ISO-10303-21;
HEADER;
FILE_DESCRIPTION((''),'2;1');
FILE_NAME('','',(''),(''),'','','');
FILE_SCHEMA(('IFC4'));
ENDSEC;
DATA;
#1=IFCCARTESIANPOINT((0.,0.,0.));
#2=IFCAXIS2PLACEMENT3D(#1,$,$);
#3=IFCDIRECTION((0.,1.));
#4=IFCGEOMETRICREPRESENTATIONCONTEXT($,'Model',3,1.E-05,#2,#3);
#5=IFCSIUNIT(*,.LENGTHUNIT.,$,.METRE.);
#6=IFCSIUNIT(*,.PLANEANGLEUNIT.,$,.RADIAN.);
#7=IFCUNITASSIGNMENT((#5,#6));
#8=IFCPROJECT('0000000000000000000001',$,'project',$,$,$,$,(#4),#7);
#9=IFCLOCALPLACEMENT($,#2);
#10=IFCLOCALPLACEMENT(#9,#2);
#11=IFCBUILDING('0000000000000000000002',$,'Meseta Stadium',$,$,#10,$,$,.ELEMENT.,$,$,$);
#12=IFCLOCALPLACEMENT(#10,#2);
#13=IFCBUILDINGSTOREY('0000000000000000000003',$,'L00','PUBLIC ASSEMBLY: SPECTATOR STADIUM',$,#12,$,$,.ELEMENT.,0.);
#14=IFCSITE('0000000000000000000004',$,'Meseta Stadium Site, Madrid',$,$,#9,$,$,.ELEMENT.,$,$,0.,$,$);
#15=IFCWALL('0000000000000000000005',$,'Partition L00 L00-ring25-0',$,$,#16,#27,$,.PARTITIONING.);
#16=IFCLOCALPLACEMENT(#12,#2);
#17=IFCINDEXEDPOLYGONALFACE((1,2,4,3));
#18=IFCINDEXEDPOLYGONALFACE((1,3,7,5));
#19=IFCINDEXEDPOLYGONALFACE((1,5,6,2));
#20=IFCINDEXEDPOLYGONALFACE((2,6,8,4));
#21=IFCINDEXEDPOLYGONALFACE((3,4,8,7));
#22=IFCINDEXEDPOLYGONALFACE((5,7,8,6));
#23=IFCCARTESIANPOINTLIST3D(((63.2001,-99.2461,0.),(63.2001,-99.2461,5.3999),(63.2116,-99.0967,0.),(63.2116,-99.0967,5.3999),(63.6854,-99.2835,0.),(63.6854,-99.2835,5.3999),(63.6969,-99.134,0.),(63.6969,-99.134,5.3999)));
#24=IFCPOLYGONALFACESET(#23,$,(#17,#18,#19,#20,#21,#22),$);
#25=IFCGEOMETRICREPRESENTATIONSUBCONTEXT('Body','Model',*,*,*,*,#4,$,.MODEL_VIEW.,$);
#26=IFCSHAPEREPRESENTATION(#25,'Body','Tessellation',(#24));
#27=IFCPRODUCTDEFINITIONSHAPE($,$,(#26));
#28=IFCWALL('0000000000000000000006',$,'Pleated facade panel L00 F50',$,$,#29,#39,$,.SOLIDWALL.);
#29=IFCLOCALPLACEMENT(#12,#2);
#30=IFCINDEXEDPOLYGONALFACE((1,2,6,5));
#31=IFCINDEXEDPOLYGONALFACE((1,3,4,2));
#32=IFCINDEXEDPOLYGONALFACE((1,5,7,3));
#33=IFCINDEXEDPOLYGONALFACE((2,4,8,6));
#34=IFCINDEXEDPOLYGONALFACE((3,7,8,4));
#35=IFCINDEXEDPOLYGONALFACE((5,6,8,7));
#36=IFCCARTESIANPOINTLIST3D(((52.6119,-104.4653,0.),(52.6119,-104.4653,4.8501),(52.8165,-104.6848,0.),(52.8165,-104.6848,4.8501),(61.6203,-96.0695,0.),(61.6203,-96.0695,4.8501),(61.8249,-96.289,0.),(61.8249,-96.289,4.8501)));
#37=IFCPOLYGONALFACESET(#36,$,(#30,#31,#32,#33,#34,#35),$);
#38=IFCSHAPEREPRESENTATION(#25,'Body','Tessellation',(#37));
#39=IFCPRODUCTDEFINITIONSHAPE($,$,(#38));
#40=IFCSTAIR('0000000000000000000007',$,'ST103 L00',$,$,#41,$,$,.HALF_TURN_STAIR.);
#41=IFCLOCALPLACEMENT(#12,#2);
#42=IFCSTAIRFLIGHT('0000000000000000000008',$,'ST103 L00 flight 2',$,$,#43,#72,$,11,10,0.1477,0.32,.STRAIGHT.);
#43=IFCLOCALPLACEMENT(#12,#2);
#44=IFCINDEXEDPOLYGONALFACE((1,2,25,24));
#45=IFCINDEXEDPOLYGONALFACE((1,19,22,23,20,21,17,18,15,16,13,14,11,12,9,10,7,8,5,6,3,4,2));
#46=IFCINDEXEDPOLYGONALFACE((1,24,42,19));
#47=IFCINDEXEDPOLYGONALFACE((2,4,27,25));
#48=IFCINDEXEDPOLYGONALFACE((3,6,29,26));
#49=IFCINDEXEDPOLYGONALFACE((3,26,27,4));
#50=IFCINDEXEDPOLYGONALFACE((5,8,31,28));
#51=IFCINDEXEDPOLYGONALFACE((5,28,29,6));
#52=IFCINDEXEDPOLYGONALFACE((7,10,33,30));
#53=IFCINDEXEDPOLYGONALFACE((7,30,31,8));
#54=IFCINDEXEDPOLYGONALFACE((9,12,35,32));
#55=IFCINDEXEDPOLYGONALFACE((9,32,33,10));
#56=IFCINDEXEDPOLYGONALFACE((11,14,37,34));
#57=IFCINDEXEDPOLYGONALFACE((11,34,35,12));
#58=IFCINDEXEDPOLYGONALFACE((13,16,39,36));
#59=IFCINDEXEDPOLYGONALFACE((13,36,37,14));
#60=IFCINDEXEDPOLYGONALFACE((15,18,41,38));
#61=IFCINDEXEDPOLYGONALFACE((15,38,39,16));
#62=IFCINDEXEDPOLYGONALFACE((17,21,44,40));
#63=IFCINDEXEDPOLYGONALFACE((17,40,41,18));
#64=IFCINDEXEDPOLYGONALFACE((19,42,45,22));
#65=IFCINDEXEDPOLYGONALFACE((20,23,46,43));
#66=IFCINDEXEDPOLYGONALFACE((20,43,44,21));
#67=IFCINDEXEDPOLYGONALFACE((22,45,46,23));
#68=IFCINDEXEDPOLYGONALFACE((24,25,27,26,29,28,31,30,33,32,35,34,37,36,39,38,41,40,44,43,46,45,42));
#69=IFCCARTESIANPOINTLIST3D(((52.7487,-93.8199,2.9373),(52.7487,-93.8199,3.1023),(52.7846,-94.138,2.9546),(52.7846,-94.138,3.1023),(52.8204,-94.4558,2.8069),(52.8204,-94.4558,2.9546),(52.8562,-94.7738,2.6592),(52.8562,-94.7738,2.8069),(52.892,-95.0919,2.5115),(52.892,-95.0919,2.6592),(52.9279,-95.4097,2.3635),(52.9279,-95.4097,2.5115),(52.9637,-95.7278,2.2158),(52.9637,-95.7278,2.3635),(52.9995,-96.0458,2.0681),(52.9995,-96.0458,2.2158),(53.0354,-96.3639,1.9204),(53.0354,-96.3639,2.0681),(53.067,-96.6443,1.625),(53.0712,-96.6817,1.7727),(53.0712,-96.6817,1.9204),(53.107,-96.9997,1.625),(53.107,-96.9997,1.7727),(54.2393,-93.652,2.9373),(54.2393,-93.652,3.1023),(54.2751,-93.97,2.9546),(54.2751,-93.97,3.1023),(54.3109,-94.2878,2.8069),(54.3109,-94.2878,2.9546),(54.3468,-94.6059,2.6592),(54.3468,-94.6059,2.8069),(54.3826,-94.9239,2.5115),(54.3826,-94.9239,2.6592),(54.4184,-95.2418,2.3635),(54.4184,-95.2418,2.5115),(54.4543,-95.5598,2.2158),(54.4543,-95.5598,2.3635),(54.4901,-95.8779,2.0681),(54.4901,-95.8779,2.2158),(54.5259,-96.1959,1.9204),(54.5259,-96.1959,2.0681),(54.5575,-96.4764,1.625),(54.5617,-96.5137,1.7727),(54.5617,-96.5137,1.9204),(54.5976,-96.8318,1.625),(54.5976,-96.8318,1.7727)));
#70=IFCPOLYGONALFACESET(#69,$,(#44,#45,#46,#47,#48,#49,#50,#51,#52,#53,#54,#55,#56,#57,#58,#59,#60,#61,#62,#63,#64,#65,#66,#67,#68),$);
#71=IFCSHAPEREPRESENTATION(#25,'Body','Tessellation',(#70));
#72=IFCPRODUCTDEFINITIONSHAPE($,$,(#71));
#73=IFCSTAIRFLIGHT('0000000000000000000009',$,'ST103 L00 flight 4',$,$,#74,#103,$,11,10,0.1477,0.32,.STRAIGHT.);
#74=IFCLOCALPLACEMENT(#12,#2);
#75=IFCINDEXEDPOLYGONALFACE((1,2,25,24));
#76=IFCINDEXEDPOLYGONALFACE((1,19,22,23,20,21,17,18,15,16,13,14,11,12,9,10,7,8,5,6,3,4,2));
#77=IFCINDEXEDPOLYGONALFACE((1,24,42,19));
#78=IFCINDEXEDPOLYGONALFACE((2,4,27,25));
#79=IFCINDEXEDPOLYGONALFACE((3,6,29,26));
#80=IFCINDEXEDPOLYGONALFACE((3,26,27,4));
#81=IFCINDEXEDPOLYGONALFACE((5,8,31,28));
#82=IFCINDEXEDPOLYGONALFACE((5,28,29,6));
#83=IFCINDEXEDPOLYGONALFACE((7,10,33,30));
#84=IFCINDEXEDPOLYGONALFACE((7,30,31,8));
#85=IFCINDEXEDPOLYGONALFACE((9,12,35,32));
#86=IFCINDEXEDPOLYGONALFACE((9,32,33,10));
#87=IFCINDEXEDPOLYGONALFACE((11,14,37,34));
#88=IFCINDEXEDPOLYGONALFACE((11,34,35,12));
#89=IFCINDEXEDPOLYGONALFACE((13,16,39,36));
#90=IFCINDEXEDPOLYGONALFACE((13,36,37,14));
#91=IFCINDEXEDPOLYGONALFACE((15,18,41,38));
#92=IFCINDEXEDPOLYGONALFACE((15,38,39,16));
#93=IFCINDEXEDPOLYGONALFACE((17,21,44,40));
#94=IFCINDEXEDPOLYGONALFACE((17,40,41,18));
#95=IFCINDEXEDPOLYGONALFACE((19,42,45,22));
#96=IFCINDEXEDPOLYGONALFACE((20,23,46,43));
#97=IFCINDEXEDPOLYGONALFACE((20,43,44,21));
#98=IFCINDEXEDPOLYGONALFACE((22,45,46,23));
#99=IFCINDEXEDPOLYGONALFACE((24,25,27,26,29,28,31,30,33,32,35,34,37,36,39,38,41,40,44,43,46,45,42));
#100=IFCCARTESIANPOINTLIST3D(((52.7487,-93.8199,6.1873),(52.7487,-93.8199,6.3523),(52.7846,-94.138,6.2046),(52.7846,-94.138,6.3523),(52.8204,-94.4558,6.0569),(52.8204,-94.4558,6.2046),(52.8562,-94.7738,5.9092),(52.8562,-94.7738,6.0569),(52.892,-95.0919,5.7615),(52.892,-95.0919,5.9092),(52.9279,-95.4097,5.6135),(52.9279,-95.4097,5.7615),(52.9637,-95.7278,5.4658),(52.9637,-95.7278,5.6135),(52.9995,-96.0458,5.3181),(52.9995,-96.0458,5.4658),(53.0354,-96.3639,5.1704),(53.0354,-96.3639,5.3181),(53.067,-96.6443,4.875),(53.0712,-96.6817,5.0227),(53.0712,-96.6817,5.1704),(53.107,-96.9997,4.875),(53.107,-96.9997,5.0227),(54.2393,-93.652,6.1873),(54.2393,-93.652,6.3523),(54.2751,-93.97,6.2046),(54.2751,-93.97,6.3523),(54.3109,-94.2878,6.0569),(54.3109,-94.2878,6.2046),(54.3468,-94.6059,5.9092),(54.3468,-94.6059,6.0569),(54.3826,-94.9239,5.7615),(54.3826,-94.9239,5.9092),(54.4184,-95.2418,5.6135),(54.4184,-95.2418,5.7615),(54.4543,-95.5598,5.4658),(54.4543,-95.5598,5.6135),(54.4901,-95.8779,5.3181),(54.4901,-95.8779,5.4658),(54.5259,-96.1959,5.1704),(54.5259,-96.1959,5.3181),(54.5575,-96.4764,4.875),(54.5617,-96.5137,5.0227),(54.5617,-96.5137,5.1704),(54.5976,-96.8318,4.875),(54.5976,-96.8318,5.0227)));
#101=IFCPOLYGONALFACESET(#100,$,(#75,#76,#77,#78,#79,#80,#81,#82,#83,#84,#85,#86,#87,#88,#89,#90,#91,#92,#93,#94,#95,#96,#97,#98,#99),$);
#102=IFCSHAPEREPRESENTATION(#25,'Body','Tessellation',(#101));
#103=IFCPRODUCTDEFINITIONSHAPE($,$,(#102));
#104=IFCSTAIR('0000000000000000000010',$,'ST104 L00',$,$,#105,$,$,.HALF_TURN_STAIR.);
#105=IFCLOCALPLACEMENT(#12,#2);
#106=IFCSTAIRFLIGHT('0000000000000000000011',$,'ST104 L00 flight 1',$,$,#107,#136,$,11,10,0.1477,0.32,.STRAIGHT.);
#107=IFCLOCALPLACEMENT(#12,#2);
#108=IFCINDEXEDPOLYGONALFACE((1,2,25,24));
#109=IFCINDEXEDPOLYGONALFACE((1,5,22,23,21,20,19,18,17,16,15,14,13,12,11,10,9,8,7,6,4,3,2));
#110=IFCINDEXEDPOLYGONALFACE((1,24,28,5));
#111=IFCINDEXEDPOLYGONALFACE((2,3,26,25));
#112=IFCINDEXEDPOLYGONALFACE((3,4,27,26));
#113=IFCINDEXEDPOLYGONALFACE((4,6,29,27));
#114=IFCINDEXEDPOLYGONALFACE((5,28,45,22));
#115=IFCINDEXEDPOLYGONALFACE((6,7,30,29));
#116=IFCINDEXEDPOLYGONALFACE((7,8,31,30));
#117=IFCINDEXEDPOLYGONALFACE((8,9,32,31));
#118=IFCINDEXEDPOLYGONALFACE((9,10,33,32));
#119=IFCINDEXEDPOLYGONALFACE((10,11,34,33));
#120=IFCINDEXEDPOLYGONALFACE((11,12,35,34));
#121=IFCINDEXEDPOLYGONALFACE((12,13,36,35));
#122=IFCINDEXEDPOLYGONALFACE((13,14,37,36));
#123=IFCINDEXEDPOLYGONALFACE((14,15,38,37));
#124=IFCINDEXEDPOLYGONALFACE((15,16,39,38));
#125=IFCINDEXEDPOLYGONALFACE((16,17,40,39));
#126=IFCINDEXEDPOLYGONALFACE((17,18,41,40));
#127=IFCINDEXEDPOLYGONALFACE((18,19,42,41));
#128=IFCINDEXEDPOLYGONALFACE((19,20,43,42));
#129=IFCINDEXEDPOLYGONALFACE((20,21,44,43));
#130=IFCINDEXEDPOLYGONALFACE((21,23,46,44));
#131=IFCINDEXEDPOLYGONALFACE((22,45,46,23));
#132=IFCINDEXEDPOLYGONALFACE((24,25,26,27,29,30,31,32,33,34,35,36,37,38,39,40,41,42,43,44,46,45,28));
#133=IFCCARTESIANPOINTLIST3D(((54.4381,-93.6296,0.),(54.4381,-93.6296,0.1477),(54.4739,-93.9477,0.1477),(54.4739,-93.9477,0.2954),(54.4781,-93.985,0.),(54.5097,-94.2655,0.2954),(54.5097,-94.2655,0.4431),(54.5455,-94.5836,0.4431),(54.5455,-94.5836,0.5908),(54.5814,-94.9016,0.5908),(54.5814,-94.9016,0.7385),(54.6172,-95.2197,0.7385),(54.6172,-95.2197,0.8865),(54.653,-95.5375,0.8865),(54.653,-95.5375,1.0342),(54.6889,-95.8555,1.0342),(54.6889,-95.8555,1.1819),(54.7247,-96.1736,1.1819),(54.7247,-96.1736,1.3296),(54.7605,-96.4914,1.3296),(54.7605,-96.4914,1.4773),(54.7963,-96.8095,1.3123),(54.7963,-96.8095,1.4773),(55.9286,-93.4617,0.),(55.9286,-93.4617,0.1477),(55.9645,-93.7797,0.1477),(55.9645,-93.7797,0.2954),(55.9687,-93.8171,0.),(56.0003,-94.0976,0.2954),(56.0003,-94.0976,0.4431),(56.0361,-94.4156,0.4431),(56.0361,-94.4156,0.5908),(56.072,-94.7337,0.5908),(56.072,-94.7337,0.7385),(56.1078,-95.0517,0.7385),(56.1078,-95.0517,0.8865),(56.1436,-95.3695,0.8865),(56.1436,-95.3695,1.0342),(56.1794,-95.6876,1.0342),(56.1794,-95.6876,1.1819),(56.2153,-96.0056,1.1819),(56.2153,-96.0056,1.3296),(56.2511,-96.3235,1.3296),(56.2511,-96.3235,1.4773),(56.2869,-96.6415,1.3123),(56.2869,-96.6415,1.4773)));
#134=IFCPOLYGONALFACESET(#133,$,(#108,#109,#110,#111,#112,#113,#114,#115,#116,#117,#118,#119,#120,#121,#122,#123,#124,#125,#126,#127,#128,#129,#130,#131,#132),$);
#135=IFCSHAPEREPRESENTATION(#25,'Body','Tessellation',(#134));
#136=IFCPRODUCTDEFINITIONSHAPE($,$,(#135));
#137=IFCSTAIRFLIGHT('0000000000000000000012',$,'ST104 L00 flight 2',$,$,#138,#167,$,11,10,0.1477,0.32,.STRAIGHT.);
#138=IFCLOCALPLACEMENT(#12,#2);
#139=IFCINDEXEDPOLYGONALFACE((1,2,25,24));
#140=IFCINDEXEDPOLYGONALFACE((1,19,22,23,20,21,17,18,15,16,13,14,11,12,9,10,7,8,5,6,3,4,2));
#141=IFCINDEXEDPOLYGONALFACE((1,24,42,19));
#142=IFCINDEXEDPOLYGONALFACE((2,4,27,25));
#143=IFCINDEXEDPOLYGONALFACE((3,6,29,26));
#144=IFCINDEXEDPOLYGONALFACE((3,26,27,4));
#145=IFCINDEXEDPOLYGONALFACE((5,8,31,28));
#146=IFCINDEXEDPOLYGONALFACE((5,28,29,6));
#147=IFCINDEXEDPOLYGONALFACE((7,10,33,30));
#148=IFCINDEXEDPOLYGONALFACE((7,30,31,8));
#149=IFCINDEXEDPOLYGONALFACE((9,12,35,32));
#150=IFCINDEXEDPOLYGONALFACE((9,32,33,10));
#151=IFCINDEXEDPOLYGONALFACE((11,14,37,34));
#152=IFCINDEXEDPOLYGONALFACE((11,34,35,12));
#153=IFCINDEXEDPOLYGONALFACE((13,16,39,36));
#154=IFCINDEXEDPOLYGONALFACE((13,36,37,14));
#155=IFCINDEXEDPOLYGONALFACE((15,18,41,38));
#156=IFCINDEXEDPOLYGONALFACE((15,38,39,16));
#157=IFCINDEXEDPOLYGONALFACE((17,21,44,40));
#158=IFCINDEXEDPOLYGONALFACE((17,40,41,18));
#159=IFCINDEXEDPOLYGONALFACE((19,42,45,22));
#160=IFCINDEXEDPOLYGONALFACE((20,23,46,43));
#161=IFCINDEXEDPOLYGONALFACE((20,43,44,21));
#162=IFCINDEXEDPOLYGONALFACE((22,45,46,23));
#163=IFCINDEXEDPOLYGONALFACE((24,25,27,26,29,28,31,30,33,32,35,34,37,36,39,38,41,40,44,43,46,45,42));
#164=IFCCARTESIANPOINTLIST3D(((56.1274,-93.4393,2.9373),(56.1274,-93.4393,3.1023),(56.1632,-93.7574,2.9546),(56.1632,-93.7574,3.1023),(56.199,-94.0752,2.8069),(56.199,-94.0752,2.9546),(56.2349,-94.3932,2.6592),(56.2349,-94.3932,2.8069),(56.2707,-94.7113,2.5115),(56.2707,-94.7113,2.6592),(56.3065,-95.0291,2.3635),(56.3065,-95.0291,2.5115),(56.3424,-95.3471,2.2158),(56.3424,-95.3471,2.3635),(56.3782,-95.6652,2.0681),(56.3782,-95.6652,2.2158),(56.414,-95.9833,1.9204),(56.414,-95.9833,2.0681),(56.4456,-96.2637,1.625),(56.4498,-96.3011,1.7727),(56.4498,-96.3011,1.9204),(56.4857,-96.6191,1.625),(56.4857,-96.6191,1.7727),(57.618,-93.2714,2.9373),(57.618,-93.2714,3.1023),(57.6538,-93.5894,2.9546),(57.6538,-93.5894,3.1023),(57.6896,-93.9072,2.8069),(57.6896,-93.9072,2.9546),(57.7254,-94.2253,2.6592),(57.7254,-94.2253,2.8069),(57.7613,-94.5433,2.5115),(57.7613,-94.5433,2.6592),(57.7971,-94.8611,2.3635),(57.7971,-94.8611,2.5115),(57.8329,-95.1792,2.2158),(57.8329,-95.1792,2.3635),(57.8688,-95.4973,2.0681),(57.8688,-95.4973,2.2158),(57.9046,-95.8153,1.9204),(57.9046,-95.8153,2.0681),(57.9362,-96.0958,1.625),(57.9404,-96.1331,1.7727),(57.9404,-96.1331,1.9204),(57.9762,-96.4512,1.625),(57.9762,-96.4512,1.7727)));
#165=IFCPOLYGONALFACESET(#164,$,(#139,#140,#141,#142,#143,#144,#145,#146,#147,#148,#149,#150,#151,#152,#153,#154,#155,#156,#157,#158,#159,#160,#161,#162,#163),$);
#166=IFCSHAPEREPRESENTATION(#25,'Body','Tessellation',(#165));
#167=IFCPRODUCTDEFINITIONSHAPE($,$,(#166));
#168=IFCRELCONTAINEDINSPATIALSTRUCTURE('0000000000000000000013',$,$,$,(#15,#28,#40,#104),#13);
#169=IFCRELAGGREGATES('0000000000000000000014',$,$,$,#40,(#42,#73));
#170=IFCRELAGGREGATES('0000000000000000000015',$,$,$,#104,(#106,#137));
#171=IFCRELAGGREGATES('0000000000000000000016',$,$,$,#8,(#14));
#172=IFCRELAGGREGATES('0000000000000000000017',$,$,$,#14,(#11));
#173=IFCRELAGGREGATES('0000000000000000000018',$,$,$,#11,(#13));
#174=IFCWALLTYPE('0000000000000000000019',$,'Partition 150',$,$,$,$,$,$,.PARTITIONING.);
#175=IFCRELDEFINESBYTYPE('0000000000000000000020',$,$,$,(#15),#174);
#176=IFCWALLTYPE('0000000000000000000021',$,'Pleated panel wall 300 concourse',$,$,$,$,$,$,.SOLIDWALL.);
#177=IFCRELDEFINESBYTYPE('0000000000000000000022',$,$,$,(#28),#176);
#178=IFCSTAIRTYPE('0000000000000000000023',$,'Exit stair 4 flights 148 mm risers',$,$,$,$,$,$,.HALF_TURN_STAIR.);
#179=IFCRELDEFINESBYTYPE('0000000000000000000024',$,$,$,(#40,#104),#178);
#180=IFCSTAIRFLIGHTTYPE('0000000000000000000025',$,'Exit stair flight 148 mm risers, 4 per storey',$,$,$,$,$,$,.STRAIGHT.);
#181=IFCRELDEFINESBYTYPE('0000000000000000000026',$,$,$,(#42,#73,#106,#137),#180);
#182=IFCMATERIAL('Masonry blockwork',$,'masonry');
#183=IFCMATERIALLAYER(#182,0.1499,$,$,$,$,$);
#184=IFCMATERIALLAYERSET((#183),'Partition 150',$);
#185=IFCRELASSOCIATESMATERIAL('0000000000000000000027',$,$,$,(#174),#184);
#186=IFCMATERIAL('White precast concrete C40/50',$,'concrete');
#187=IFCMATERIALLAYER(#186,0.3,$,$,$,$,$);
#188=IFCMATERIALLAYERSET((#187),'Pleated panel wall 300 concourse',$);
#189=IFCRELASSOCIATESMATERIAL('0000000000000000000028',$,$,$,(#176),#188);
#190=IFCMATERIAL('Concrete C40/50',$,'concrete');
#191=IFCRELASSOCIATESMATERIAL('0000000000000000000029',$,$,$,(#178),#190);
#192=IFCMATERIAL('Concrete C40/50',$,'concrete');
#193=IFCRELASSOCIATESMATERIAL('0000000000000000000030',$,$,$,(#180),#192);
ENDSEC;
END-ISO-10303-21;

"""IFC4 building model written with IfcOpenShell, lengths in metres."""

from ifc_helpers import new_model, si_unit, direction, frame, frame_2d, origin, place, context, subcontext, project, spatial, polyline, rectangle, outline, extrude, material, layer, layer_set, type_object, element, aggregate, save


model = new_model("IFC4")

# Units and contexts
model_context = context("Model", 3, precision=1e-05, world=origin(), true_north=direction((0.0, 1.0)))
body_context = subcontext(model_context, "Body", "Model", "MODEL_VIEW")
ifc_project = project(units=[si_unit("LENGTHUNIT", "METRE"), si_unit("PLANEANGLEUNIT", "RADIAN")], contexts=[model_context])

# Site, building, storey
site_placement = place(None, origin())
site = spatial("IfcSite", under=ifc_project, at=site_placement, Name="Meseta Stadium Site, Madrid", CompositionType="ELEMENT", RefElevation=0.0)
building_placement = place(site_placement, origin())
building = spatial("IfcBuilding", under=site, at=building_placement, Name="Meseta Stadium", CompositionType="ELEMENT")
storey_placement = place(building_placement, origin())
storey = spatial("IfcBuildingStorey", under=building, at=storey_placement, Name="L00", Description="PUBLIC ASSEMBLY: SPECTATOR STADIUM", CompositionType="ELEMENT", Elevation=0.0)

# Shared definitions
ifc_material_1 = material(Name="Masonry blockwork", Category="masonry")
ifc_layer_1 = layer(ifc_material_1, 0.1499)
ifc_layer_set_1 = layer_set([ifc_layer_1], Name="Partition 150")
wall_type_1 = type_object("IfcWallType", Name="Partition 150", PredefinedType="PARTITIONING", material=ifc_layer_set_1)

# Walls
wall_1_placement = place(storey_placement, frame((63.2058, -99.1714, 0.0), z_axis=(0.0, 0.0, 1.0), x_axis=(0.997052, -0.076735, 0.0)))
element("IfcWall", 1, at=wall_1_placement, inside=storey, type_object=wall_type_1, Name="Partition L00 L00-ring25-0", PredefinedType="PARTITIONING", context=body_context, shape_type="SweptSolid", body=[
    extrude(rectangle(XDim=0.4868, YDim=0.1499, at=frame_2d((0.2434, 0.0))), origin(), (0.0, 0.0, 1.0), 5.3999),
])
ifc_material_2 = material(Name="White precast concrete C40/50", Category="concrete")
ifc_layer_2 = layer(ifc_material_2, 0.3)
ifc_layer_set_2 = layer_set([ifc_layer_2], Name="Pleated panel wall 300 concourse")
wall_type_2 = type_object("IfcWallType", Name="Pleated panel wall 300 concourse", PredefinedType="SOLIDWALL", material=ifc_layer_set_2)
wall_2_placement = place(storey_placement, frame((61.7227, -96.1792, 0.0), z_axis=(0.0, 0.0, 1.0), x_axis=(-0.731541, -0.681797, 0.0)))
element("IfcWall", 2, at=wall_2_placement, inside=storey, type_object=wall_type_2, Name="Pleated facade panel L00 F50", PredefinedType="SOLIDWALL", context=body_context, shape_type="SweptSolid", body=[
    extrude(rectangle(XDim=12.3142, YDim=0.3, at=frame_2d((6.1572, 0.0))), origin(), (0.0, 0.0, 1.0), 4.8501),
])

# Stairs, stair flights
ifc_material_3 = material(Name="Concrete C40/50", Category="concrete")
stair_type = type_object("IfcStairType", Name="Exit stair 4 flights 148 mm risers", PredefinedType="HALF_TURN_STAIR", material=ifc_material_3)
stair_1_placement = place(storey_placement, origin())
stair_1 = element("IfcStair", 3, at=stair_1_placement, inside=storey, type_object=stair_type, Name="ST103 L00", PredefinedType="HALF_TURN_STAIR")
ifc_material_4 = material(Name="Concrete C40/50", Category="concrete")
stair_flight_type = type_object("IfcStairFlightType", Name="Exit stair flight 148 mm risers, 4 per storey", PredefinedType="STRAIGHT", material=ifc_material_4)
stair_flight_1_placement = place(storey_placement, frame((53.8523, -96.9158, 1.625), z_axis=(0.0, 0.0, 1.0), x_axis=(-0.111964, 0.993712, 0.0)))
stair_flight_1 = element("IfcStairFlight", 4, at=stair_flight_1_placement, type_object=stair_flight_type, Name="ST103 L00 flight 2", NumberOfRisers=11, NumberOfTreads=10, PredefinedType="STRAIGHT", RiserHeight=0.1477, TreadLength=0.32, context=body_context, shape_type="SweptSolid", body=[
    extrude(outline(polyline([(0.0, 0.0), (0.0, 0.1477), (0.3201, 0.1477), (0.3201, 0.2954), (0.6399, 0.2954), (0.6399, 0.4431), (0.96, 0.4431), (0.96, 0.5908), (1.28, 0.5908), (1.28, 0.7385), (1.6001, 0.7385), (1.6001, 0.8865), (1.9199, 0.8865), (1.9199, 1.0342), (2.24, 1.0342), (2.24, 1.1819), (2.5601, 1.1819), (2.5601, 1.3296), (2.8799, 1.3296), (2.8799, 1.4773), (3.2, 1.4773), (3.2, 1.3123), (0.3577, 0.0), (0.0, 0.0)])), frame((0.0, 0.75, 0.0), z_axis=(0.0, -1.0, 0.0), x_axis=(1.0, 0.0, 0.0)), (0.0, 0.0, 1.0), 1.5),
])
stair_flight_2_placement = place(storey_placement, frame((53.8523, -96.9158, 4.875), z_axis=(0.0, 0.0, 1.0), x_axis=(-0.111964, 0.993712, 0.0)))
stair_flight_2 = element("IfcStairFlight", 5, at=stair_flight_2_placement, type_object=stair_flight_type, Name="ST103 L00 flight 4", NumberOfRisers=11, NumberOfTreads=10, PredefinedType="STRAIGHT", RiserHeight=0.1477, TreadLength=0.32, context=body_context, shape_type="SweptSolid", body=[
    extrude(outline(polyline([(0.0, 0.0), (0.0, 0.1477), (0.3201, 0.1477), (0.3201, 0.2954), (0.6399, 0.2954), (0.6399, 0.4431), (0.96, 0.4431), (0.96, 0.5908), (1.28, 0.5908), (1.28, 0.7385), (1.6001, 0.7385), (1.6001, 0.8865), (1.9199, 0.8865), (1.9199, 1.0342), (2.24, 1.0342), (2.24, 1.1819), (2.5601, 1.1819), (2.5601, 1.3296), (2.8799, 1.3296), (2.8799, 1.4773), (3.2, 1.4773), (3.2, 1.3123), (0.3577, 0.0), (0.0, 0.0)])), frame((0.0, 0.75, 0.0), z_axis=(0.0, -1.0, 0.0), x_axis=(1.0, 0.0, 0.0)), (0.0, 0.0, 1.0), 1.5),
])
aggregate(stair_1, [stair_flight_1, stair_flight_2])
stair_2_placement = place(storey_placement, origin())
stair_2 = element("IfcStair", 6, at=stair_2_placement, inside=storey, type_object=stair_type, Name="ST104 L00", PredefinedType="HALF_TURN_STAIR")
stair_flight_3_placement = place(storey_placement, frame((55.1833, -93.5457, 0.0), z_axis=(0.0, 0.0, 1.0), x_axis=(0.111964, -0.993712, 0.0)))
stair_flight_3 = element("IfcStairFlight", 7, at=stair_flight_3_placement, type_object=stair_flight_type, Name="ST104 L00 flight 1", NumberOfRisers=11, NumberOfTreads=10, PredefinedType="STRAIGHT", RiserHeight=0.1477, TreadLength=0.32, context=body_context, shape_type="SweptSolid", body=[
    extrude(outline(polyline([(0.0, 0.0), (0.0, 0.1477), (0.3201, 0.1477), (0.3201, 0.2954), (0.6399, 0.2954), (0.6399, 0.4431), (0.96, 0.4431), (0.96, 0.5908), (1.28, 0.5908), (1.28, 0.7385), (1.6001, 0.7385), (1.6001, 0.8865), (1.9199, 0.8865), (1.9199, 1.0342), (2.24, 1.0342), (2.24, 1.1819), (2.5601, 1.1819), (2.5601, 1.3296), (2.8799, 1.3296), (2.8799, 1.4773), (3.2, 1.4773), (3.2, 1.3123), (0.3577, 0.0), (0.0, 0.0)])), frame((0.0, 0.75, 0.0), z_axis=(0.0, -1.0, 0.0), x_axis=(1.0, 0.0, 0.0)), (0.0, 0.0, 1.0), 1.5),
])
stair_flight_4_placement = place(storey_placement, frame((57.231, -96.5352, 1.625), z_axis=(0.0, 0.0, 1.0), x_axis=(-0.111964, 0.993712, 0.0)))
stair_flight_4 = element("IfcStairFlight", 8, at=stair_flight_4_placement, type_object=stair_flight_type, Name="ST104 L00 flight 2", NumberOfRisers=11, NumberOfTreads=10, PredefinedType="STRAIGHT", RiserHeight=0.1477, TreadLength=0.32, context=body_context, shape_type="SweptSolid", body=[
    extrude(outline(polyline([(0.0, 0.0), (0.0, 0.1477), (0.3201, 0.1477), (0.3201, 0.2954), (0.6399, 0.2954), (0.6399, 0.4431), (0.96, 0.4431), (0.96, 0.5908), (1.28, 0.5908), (1.28, 0.7385), (1.6001, 0.7385), (1.6001, 0.8865), (1.9199, 0.8865), (1.9199, 1.0342), (2.24, 1.0342), (2.24, 1.1819), (2.5601, 1.1819), (2.5601, 1.3296), (2.8799, 1.3296), (2.8799, 1.4773), (3.2, 1.4773), (3.2, 1.3123), (0.3577, 0.0), (0.0, 0.0)])), frame((0.0, 0.75, 0.0), z_axis=(0.0, -1.0, 0.0), x_axis=(1.0, 0.0, 0.0)), (0.0, 0.0, 1.0), 1.5),
])
aggregate(stair_2, [stair_flight_3, stair_flight_4])

save(model, "model.ifc")
